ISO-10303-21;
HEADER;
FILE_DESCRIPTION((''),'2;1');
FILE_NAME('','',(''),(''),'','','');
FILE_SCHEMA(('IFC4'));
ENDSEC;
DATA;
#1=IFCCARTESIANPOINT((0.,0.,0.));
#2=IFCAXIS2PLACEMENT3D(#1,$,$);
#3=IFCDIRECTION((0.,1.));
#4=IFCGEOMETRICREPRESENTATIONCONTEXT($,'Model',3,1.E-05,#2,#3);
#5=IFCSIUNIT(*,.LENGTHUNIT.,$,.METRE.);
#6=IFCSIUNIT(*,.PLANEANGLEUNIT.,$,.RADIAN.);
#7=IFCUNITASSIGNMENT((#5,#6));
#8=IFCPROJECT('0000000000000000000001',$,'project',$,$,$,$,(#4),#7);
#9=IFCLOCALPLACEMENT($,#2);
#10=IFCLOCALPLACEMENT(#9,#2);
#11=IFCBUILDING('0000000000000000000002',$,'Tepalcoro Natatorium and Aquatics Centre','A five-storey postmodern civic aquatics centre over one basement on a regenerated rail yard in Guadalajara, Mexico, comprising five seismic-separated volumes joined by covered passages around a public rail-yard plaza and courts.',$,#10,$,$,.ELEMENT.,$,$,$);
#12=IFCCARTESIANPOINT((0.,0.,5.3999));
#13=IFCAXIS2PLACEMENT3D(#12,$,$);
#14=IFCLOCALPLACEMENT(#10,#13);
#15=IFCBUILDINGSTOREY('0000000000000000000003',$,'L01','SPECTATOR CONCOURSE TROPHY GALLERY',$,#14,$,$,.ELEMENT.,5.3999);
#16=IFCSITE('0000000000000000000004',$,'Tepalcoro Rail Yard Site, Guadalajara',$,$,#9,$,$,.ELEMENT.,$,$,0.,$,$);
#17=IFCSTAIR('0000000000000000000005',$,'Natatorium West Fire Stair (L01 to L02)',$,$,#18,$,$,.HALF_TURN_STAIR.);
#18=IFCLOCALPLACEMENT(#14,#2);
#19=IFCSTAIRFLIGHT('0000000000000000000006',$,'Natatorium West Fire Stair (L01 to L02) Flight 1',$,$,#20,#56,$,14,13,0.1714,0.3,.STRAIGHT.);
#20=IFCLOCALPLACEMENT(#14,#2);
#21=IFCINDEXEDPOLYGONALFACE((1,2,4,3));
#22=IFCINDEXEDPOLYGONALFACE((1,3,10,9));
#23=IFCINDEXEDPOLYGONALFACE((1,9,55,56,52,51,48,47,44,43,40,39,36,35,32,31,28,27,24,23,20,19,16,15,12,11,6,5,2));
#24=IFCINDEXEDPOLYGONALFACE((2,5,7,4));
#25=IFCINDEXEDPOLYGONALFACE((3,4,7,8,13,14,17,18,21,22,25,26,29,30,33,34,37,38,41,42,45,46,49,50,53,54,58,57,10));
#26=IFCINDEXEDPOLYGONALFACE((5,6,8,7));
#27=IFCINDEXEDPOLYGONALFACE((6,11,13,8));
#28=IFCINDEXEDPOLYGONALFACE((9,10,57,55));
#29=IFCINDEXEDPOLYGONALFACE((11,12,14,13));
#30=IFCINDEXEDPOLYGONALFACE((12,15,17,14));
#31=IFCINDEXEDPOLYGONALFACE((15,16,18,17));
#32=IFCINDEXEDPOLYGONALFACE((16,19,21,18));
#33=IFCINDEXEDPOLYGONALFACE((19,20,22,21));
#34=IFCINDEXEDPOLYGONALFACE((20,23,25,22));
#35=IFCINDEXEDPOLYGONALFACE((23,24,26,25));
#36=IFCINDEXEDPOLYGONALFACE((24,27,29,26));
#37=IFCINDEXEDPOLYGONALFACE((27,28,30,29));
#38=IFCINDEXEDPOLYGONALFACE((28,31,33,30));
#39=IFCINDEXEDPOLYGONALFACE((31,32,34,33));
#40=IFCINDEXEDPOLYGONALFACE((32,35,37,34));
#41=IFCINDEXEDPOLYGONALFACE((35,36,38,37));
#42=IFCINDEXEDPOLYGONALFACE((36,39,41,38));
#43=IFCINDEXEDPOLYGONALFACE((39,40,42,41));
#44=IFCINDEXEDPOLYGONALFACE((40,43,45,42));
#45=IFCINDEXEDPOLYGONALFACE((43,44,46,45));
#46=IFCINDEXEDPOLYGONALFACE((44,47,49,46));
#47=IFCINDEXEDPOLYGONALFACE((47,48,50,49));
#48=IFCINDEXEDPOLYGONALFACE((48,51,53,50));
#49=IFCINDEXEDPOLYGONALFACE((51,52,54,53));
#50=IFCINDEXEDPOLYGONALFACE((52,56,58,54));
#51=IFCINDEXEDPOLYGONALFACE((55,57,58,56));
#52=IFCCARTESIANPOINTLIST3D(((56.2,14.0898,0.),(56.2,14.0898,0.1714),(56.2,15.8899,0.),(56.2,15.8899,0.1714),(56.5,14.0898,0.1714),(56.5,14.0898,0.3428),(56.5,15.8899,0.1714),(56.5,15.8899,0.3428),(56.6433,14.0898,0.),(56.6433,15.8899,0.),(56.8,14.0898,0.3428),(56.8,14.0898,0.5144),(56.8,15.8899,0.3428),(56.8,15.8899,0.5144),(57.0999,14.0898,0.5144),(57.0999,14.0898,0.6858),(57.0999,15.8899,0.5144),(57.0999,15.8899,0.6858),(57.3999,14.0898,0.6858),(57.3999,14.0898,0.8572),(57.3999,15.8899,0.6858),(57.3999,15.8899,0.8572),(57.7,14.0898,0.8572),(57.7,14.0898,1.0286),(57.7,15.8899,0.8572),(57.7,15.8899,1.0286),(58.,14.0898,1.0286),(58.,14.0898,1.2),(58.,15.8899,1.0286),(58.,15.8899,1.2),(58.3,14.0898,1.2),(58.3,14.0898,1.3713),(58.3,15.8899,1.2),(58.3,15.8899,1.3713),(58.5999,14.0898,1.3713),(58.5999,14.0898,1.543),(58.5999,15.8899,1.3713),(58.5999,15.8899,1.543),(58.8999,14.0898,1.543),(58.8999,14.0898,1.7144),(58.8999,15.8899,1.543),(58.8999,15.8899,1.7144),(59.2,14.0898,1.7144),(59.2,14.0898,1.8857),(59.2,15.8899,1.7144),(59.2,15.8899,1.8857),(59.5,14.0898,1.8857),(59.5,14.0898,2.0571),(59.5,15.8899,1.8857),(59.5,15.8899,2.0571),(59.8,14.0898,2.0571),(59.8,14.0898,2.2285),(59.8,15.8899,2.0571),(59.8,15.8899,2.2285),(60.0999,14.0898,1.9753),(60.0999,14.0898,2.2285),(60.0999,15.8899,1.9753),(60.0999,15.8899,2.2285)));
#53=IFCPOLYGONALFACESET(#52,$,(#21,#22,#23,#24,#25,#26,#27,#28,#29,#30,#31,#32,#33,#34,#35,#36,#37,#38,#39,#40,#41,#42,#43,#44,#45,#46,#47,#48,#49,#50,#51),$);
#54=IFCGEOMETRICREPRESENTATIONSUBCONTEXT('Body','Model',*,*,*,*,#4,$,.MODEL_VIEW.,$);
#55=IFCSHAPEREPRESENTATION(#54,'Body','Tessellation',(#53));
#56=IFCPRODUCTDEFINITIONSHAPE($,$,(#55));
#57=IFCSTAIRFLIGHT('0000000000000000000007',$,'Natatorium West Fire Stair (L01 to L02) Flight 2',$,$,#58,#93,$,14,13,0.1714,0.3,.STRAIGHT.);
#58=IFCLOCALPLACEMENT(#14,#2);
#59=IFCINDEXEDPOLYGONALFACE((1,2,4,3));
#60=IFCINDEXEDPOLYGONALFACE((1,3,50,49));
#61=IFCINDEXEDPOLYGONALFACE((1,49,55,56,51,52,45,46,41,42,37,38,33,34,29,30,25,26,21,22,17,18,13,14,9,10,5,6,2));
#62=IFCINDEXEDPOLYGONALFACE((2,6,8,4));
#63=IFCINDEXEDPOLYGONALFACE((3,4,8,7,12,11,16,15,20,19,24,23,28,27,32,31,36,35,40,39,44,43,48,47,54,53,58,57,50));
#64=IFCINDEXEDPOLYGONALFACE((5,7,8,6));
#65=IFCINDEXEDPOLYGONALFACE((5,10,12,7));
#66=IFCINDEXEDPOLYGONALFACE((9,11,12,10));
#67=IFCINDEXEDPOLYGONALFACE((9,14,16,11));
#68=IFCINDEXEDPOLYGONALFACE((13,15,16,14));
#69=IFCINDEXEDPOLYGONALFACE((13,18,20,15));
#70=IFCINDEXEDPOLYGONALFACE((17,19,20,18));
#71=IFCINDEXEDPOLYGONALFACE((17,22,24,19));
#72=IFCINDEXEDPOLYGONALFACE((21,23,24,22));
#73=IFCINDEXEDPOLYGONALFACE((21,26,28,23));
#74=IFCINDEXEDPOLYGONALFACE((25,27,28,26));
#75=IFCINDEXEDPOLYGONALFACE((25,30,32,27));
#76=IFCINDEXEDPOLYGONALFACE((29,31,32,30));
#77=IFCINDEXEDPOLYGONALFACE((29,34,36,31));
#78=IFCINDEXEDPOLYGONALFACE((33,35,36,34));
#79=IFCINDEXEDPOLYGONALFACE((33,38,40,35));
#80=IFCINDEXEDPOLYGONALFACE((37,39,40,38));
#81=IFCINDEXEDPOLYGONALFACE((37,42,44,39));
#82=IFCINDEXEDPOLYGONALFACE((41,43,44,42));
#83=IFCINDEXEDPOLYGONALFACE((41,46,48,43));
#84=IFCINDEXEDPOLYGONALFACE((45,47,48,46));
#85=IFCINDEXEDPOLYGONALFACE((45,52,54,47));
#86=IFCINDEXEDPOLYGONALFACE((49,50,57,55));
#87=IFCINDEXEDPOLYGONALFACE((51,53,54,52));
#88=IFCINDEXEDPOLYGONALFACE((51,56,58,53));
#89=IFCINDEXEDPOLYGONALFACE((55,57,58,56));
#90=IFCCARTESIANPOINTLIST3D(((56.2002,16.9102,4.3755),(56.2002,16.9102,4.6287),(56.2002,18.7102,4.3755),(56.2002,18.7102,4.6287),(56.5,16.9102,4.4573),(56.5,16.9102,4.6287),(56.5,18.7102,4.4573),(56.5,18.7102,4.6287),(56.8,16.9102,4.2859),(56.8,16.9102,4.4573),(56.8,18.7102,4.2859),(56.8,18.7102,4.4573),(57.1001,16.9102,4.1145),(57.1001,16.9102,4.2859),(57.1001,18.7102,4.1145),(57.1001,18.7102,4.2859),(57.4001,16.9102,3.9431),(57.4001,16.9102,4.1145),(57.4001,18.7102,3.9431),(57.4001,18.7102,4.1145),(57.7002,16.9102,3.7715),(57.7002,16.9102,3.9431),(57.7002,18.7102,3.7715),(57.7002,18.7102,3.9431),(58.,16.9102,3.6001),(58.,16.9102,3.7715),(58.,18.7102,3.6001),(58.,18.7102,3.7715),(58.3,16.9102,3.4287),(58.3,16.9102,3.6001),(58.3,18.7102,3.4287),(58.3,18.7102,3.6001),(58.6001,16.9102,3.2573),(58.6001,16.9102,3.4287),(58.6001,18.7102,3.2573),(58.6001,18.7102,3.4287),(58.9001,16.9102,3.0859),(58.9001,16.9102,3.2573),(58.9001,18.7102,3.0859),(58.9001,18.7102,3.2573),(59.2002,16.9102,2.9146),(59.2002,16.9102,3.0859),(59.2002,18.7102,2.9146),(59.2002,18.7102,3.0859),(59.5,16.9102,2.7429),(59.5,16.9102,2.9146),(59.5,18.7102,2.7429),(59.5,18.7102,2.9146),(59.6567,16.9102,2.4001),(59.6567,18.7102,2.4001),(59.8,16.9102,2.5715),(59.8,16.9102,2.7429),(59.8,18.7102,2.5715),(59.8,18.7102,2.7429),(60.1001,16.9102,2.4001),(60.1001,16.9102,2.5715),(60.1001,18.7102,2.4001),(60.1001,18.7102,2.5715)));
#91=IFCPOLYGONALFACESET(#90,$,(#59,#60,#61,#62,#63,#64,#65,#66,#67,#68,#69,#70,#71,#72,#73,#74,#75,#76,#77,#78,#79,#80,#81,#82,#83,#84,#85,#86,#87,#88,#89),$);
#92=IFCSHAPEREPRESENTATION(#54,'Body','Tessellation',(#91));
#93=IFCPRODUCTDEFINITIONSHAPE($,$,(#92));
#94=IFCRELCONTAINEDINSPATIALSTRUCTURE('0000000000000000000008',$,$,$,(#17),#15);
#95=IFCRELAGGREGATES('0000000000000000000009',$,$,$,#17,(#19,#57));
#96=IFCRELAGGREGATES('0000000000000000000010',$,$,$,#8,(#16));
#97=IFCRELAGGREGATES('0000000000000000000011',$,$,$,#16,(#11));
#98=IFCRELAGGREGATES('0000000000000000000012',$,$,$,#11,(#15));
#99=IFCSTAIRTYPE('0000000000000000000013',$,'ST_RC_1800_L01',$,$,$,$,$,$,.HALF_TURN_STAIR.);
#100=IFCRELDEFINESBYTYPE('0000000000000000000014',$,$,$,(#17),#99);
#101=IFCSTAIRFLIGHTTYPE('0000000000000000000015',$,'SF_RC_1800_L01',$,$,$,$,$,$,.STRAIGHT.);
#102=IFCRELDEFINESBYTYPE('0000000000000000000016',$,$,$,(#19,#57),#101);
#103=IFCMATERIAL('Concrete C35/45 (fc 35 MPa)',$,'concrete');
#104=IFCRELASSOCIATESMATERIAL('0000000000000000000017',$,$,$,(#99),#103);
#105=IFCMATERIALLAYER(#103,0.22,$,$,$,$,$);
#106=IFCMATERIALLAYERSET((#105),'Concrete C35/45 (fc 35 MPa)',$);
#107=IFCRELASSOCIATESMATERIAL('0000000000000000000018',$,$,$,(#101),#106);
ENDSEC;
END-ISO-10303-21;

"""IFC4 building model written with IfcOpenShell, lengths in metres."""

from ifc_helpers import new_model, si_unit, direction, frame, origin, place, context, subcontext, project, spatial, polyline, outline, extrude, material, layer, layer_set, type_object, element, aggregate, save


model = new_model("IFC4")

# Units and contexts
model_context = context("Model", 3, precision=1e-05, world=origin(), true_north=direction((0.0, 1.0)))
body_context = subcontext(model_context, "Body", "Model", "MODEL_VIEW")
ifc_project = project(units=[si_unit("LENGTHUNIT", "METRE"), si_unit("PLANEANGLEUNIT", "RADIAN")], contexts=[model_context])

# Site, building, storey
site_placement = place(None, origin())
site = spatial("IfcSite", under=ifc_project, at=site_placement, Name="Tepalcoro Rail Yard Site, Guadalajara", CompositionType="ELEMENT", RefElevation=0.0)
building_placement = place(site_placement, origin())
building = spatial("IfcBuilding", under=site, at=building_placement, Name="Tepalcoro Natatorium and Aquatics Centre", Description="A five-storey postmodern civic aquatics centre over one basement on a regenerated rail yard in Guadalajara, Mexico, comprising five seismic-separated volumes joined by covered passages around a public rail-yard plaza and courts.", CompositionType="ELEMENT")
storey_placement = place(building_placement, frame((0.0, 0.0, 5.3999)))
storey = spatial("IfcBuildingStorey", under=building, at=storey_placement, Name="L01", Description="SPECTATOR CONCOURSE TROPHY GALLERY", CompositionType="ELEMENT", Elevation=5.3999)

# Stair, stair flights
ifc_material_1 = material(Name="Concrete C35/45 (fc 35 MPa)", Category="concrete")
stair_type = type_object("IfcStairType", Name="ST_RC_1800_L01", PredefinedType="HALF_TURN_STAIR", material=ifc_material_1)
stair_placement = place(storey_placement, origin())
stair = element("IfcStair", 1, at=stair_placement, inside=storey, type_object=stair_type, Name="Natatorium West Fire Stair (L01 to L02)", PredefinedType="HALF_TURN_STAIR")
ifc_layer_1 = layer(ifc_material_1, 0.22)
ifc_layer_set_1 = layer_set([ifc_layer_1], Name="Concrete C35/45 (fc 35 MPa)")
stair_flight_type = type_object("IfcStairFlightType", Name="SF_RC_1800_L01", PredefinedType="STRAIGHT", material=ifc_layer_set_1)
stair_flight_1_placement = place(storey_placement, frame((56.2, 14.99, 0.0), z_axis=(0.0, 0.0, 1.0), x_axis=(1.0, 0.0, 0.0)))
stair_flight_1 = element("IfcStairFlight", 2, at=stair_flight_1_placement, type_object=stair_flight_type, Name="Natatorium West Fire Stair (L01 to L02) Flight 1", NumberOfRisers=14, NumberOfTreads=13, PredefinedType="STRAIGHT", RiserHeight=0.1714, TreadLength=0.3, context=body_context, shape_type="SweptSolid", body=[
    extrude(outline(polyline([(0.0, 0.0), (0.0, 0.1714), (0.3, 0.1714), (0.3, 0.3428), (0.6001, 0.3428), (0.6001, 0.5144), (0.8999, 0.5144), (0.8999, 0.6858), (1.2, 0.6858), (1.2, 0.8572), (1.5, 0.8572), (1.5, 1.0286), (1.8, 1.0286), (1.8, 1.2), (2.1001, 1.2), (2.1001, 1.3713), (2.3999, 1.3713), (2.3999, 1.543), (2.7, 1.543), (2.7, 1.7144), (3.0, 1.7144), (3.0, 1.8857), (3.3, 1.8857), (3.3, 2.0571), (3.6001, 2.0571), (3.6001, 2.2285), (3.8999, 2.2285), (3.8999, 2.3999), (3.8999, 1.9753), (0.4434, 0.0), (0.0, 0.0)])), frame((0.0, 0.8999, 0.0), z_axis=(0.0, -1.0, 0.0), x_axis=(1.0, 0.0, 0.0)), (0.0, 0.0, 1.0), 1.8),
])
stair_flight_2_placement = place(storey_placement, frame((60.1001, 17.8101, 2.4001), z_axis=(0.0, 0.0, 1.0), x_axis=(-1.0, 0.0, 0.0)))
stair_flight_2 = element("IfcStairFlight", 3, at=stair_flight_2_placement, type_object=stair_flight_type, Name="Natatorium West Fire Stair (L01 to L02) Flight 2", NumberOfRisers=14, NumberOfTreads=13, PredefinedType="STRAIGHT", RiserHeight=0.1714, TreadLength=0.3, context=body_context, shape_type="SweptSolid", body=[
    extrude(outline(polyline([(0.0, 0.0), (0.0, 0.1714), (0.3, 0.1714), (0.3, 0.3428), (0.6001, 0.3428), (0.6001, 0.5144), (0.8999, 0.5144), (0.8999, 0.6858), (1.2, 0.6858), (1.2, 0.8572), (1.5, 0.8572), (1.5, 1.0286), (1.8, 1.0286), (1.8, 1.2), (2.1001, 1.2), (2.1001, 1.3713), (2.3999, 1.3713), (2.3999, 1.543), (2.7, 1.543), (2.7, 1.7144), (3.0, 1.7144), (3.0, 1.8857), (3.3, 1.8857), (3.3, 2.0571), (3.6001, 2.0571), (3.6001, 2.2285), (3.8999, 2.2285), (3.8999, 2.3999), (3.8999, 1.9753), (0.4434, 0.0), (0.0, 0.0)])), frame((0.0, 0.8999, 0.0), z_axis=(0.0, -1.0, 0.0), x_axis=(1.0, 0.0, 0.0)), (0.0, 0.0, 1.0), 1.8),
])
aggregate(stair, [stair_flight_1, stair_flight_2])

save(model, "model.ifc")
